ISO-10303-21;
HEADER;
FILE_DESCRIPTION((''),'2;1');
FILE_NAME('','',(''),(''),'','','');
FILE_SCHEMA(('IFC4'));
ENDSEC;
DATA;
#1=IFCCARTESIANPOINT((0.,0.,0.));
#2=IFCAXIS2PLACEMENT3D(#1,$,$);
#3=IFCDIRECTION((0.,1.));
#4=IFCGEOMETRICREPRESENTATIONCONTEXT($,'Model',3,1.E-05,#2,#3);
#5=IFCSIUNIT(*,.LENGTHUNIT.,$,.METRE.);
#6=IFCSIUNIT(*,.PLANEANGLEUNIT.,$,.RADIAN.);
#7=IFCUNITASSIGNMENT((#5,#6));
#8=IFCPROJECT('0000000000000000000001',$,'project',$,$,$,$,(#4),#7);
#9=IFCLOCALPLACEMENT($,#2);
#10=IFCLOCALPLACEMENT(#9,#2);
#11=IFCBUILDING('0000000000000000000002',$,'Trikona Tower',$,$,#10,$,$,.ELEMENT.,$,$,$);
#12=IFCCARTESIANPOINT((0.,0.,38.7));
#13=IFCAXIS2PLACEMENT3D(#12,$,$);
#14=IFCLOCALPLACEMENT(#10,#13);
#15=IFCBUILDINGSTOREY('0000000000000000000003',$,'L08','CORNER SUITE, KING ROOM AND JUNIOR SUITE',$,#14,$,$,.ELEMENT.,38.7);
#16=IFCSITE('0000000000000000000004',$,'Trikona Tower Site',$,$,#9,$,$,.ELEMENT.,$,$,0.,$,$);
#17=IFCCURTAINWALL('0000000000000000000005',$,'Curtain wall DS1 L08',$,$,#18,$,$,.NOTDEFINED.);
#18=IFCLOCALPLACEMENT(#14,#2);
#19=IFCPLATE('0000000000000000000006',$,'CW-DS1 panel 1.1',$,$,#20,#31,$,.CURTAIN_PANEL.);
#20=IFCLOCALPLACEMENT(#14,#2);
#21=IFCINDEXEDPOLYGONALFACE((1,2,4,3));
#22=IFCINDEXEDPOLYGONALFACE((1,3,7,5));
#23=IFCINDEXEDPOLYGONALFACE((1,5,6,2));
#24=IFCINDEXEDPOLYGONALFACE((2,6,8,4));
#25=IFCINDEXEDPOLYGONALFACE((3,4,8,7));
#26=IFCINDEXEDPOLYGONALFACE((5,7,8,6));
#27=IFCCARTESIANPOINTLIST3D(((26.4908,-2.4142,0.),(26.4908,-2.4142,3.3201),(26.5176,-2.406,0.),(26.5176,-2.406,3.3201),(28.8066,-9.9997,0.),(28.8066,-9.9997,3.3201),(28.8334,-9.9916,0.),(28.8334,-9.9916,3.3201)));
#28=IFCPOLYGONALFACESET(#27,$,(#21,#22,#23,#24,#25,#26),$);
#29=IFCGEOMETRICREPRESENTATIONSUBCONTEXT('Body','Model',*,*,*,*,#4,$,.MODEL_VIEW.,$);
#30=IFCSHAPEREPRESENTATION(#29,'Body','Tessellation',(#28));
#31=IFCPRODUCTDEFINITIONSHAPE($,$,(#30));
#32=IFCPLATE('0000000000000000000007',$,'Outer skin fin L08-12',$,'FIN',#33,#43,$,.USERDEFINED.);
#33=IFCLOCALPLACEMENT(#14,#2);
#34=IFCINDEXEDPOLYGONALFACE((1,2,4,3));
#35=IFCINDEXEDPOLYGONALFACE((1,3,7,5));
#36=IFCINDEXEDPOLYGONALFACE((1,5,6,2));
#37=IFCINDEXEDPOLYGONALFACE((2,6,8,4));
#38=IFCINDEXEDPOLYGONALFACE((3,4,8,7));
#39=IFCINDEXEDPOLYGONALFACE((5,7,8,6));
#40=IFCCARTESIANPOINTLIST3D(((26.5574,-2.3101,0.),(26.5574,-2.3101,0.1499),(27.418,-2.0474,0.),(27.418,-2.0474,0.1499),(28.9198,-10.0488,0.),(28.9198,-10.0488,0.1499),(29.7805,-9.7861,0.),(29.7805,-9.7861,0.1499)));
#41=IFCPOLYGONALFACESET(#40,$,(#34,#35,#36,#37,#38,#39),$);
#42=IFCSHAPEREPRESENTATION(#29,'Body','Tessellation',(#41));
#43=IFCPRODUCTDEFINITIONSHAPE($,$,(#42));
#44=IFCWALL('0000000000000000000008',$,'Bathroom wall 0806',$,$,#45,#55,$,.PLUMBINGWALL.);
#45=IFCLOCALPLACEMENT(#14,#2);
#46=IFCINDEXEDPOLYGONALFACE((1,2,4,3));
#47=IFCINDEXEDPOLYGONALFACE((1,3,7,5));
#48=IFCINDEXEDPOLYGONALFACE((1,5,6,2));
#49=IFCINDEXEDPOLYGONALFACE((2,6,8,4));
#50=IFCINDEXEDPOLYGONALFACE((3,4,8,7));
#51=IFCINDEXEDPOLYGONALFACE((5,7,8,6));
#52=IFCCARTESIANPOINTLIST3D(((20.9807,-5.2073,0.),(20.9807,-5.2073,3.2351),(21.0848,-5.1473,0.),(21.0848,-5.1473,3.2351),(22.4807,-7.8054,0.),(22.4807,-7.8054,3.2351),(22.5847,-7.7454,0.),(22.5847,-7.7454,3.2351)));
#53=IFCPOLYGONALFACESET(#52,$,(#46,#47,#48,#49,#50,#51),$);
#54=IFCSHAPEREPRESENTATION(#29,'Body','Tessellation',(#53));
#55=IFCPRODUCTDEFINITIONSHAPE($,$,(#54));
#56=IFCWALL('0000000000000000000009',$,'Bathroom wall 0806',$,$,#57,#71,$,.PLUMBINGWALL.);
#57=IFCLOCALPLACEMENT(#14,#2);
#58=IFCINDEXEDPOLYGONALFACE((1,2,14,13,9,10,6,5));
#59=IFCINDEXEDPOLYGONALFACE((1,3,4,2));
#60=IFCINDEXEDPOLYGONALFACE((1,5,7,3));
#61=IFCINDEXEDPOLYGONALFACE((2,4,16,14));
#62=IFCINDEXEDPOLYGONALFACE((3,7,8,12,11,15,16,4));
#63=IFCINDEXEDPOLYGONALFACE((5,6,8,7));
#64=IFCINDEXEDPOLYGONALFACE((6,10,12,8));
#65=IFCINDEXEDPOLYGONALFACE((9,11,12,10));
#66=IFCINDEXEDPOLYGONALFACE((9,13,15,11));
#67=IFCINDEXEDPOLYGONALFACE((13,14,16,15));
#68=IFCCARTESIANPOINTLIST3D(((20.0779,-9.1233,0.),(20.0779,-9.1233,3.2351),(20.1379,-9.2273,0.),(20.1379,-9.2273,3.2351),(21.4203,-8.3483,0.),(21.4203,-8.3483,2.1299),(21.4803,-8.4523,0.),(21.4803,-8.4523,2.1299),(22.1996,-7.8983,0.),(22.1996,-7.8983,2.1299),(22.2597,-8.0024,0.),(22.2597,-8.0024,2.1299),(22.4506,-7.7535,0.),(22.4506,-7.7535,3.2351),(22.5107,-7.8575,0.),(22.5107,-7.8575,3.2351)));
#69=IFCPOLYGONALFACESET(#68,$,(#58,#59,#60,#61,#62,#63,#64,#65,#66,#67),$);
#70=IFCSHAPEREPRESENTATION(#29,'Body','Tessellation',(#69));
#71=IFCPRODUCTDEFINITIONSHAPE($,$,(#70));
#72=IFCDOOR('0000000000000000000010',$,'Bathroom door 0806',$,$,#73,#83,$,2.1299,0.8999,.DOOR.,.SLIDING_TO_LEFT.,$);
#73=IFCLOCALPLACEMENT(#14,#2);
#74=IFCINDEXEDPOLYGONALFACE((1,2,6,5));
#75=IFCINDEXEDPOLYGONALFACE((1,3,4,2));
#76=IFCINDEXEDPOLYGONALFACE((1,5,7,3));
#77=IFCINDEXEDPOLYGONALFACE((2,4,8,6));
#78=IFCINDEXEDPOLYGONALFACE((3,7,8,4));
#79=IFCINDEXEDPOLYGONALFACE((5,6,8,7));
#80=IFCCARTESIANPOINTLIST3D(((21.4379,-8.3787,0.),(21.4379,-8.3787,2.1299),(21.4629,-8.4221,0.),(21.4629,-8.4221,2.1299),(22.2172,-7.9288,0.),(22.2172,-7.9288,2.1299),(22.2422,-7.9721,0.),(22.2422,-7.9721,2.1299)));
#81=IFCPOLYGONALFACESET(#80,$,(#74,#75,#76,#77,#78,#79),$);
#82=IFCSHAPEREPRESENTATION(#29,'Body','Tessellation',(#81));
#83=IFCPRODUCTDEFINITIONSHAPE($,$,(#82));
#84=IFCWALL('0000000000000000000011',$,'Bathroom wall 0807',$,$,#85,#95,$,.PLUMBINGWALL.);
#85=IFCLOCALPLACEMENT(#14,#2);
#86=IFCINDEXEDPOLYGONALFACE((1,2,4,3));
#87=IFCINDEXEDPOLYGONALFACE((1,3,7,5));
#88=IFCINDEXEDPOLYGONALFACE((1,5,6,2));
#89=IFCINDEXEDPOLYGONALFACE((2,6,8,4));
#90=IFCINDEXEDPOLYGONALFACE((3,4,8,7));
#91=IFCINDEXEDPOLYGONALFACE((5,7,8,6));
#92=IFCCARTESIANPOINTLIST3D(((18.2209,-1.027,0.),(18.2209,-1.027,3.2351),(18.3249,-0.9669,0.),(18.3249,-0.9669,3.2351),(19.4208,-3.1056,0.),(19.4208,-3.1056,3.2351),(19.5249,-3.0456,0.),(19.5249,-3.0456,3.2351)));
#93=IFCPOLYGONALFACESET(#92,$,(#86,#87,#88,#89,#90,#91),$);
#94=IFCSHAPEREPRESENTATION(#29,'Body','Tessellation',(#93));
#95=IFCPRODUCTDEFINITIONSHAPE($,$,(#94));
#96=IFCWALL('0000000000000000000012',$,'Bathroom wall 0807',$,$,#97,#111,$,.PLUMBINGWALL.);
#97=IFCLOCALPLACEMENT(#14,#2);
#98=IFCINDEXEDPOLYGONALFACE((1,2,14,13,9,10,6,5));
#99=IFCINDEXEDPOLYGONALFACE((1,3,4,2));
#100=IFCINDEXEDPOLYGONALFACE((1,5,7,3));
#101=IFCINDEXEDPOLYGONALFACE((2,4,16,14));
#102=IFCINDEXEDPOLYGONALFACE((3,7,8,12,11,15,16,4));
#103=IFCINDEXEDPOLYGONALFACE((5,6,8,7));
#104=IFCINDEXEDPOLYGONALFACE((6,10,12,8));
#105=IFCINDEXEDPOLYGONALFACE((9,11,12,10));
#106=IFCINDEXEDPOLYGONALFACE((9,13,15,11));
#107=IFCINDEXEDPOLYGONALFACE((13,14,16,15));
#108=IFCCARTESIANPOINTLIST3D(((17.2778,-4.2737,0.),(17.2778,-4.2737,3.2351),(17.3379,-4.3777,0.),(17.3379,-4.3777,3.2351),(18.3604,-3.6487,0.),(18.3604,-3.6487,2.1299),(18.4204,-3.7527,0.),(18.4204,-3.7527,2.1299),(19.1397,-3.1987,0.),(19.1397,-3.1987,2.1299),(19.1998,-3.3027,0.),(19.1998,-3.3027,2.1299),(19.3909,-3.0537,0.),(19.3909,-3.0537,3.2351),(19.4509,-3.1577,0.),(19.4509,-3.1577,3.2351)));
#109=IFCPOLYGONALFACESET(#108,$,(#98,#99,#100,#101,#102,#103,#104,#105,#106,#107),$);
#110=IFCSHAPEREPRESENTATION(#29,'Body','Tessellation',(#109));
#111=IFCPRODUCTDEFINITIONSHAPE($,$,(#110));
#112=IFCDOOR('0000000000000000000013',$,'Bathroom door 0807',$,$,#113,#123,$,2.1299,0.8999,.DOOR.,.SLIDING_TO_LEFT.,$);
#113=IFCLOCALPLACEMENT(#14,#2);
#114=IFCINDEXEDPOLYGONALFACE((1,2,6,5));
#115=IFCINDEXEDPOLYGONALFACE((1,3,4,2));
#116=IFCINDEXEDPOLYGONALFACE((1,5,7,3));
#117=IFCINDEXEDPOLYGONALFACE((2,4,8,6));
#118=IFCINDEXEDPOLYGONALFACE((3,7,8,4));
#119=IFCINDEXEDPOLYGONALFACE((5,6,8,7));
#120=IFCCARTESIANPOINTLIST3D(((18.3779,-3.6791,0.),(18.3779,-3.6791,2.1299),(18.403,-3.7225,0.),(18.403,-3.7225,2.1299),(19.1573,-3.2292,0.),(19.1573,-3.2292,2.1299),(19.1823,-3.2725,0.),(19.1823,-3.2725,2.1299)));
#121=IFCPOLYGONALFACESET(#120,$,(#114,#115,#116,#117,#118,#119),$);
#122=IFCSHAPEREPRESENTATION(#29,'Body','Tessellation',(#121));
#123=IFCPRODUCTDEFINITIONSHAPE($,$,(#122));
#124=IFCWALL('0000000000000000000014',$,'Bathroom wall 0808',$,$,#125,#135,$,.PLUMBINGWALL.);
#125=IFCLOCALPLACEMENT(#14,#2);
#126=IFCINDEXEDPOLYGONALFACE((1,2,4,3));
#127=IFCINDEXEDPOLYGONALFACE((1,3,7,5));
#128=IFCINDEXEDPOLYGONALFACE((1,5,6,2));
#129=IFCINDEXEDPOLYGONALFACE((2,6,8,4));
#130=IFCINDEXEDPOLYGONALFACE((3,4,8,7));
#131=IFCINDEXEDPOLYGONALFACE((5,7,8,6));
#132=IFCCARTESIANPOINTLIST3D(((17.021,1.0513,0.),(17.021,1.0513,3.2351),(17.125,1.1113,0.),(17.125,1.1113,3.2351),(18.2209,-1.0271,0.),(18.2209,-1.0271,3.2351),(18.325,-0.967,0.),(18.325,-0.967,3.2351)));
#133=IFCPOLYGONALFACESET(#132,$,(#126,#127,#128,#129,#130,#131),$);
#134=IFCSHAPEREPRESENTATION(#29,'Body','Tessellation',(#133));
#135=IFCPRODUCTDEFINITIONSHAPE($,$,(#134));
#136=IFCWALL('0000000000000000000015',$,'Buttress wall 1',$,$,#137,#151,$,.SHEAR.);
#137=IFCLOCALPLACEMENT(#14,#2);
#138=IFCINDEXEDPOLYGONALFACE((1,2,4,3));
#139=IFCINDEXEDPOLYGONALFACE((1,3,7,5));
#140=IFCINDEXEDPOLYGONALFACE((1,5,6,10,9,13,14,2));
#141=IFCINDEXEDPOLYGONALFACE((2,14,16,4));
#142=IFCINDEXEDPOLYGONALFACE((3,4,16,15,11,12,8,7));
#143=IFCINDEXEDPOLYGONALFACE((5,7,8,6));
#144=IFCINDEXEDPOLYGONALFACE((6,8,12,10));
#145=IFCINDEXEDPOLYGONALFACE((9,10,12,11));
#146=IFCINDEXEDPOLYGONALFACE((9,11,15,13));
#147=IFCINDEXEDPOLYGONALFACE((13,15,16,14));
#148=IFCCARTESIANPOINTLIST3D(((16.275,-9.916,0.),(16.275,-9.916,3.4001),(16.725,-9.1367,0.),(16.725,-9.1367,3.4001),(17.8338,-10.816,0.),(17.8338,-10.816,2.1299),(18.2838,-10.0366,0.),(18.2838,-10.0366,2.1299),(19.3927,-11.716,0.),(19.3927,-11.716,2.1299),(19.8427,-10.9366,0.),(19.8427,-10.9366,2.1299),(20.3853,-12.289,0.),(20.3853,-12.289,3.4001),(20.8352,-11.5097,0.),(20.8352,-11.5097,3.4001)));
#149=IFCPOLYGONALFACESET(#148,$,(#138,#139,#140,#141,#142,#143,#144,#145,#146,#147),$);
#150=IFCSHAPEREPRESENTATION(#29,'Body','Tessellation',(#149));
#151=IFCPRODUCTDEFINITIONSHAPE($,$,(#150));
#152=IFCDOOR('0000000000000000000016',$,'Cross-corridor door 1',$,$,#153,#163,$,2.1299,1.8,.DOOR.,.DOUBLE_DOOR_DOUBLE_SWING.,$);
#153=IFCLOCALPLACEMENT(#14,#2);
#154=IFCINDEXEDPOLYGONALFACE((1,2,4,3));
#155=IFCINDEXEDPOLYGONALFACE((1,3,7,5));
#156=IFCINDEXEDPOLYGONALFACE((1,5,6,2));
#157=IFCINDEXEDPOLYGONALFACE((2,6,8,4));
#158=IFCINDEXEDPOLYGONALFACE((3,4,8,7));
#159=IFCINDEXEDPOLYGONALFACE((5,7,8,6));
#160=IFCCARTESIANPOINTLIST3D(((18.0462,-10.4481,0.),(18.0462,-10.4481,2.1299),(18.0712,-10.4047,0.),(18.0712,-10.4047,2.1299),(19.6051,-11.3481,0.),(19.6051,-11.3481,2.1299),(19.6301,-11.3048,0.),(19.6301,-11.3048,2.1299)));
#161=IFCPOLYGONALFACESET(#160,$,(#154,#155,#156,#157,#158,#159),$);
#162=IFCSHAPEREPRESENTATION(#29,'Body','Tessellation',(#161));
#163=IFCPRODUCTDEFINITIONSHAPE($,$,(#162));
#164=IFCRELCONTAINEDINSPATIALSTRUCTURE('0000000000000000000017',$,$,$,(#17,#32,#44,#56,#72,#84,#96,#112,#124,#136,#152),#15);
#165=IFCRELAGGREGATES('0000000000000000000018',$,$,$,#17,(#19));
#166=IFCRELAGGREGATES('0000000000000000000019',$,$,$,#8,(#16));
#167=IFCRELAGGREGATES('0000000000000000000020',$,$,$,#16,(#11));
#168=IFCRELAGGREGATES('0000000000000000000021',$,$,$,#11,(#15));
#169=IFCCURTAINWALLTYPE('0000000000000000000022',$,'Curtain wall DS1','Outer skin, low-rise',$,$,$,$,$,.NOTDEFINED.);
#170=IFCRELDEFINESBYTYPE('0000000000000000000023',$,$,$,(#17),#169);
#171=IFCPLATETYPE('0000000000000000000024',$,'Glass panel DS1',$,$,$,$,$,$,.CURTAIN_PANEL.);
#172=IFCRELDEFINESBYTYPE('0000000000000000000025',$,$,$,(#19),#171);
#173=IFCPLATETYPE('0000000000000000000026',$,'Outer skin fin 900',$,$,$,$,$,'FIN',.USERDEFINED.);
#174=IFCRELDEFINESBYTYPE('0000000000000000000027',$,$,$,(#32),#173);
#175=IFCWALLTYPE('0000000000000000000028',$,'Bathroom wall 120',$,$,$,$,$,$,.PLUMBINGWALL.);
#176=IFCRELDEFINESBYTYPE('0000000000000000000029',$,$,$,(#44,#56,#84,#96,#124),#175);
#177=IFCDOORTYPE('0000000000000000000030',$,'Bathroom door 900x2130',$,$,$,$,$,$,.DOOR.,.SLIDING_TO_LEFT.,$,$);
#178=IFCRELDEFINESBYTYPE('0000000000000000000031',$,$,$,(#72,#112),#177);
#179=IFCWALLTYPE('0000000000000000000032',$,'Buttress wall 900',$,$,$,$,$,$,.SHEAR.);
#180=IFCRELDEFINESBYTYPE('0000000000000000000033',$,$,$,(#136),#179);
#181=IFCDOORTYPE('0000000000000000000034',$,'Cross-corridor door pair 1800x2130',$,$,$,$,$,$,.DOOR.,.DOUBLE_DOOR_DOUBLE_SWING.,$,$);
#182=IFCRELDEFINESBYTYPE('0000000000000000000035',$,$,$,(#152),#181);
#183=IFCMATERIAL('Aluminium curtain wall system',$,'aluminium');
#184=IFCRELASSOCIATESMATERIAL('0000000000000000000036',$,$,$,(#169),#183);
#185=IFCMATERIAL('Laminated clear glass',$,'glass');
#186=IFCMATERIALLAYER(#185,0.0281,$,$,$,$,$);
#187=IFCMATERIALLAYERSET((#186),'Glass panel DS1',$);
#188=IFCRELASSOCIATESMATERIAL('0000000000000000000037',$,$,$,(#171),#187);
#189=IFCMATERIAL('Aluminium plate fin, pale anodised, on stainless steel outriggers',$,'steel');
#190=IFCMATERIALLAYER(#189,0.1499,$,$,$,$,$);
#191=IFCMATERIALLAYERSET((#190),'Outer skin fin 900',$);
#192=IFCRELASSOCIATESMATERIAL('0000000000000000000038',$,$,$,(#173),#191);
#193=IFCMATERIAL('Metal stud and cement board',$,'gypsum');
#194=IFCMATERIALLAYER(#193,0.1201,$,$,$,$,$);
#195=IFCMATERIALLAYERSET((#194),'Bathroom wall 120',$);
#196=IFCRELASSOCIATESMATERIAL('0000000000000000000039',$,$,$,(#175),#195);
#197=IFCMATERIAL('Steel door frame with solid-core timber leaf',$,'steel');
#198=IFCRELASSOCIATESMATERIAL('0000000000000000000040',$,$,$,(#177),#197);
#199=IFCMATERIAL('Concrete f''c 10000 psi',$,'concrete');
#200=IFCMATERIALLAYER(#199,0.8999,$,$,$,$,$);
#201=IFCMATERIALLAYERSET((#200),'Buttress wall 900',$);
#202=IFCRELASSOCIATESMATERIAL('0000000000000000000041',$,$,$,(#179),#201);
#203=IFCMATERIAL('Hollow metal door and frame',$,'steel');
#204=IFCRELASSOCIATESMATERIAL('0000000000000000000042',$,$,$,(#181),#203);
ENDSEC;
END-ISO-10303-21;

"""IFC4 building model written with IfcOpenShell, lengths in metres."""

from ifc_helpers import new_model, si_unit, direction, frame, frame_2d, origin, origin_2d, place, context, subcontext, project, spatial, rectangle, extrude, material, layer, layer_set, type_object, element, fill, aggregate, save


model = new_model("IFC4")

# Units and contexts
model_context = context("Model", 3, precision=1e-05, world=origin(), true_north=direction((0.0, 1.0)))
body_context = subcontext(model_context, "Body", "Model", "MODEL_VIEW")
ifc_project = project(units=[si_unit("LENGTHUNIT", "METRE"), si_unit("PLANEANGLEUNIT", "RADIAN")], contexts=[model_context])

# Site, building, storey
site_placement = place(None, origin())
site = spatial("IfcSite", under=ifc_project, at=site_placement, Name="Trikona Tower Site", CompositionType="ELEMENT", RefElevation=0.0)
building_placement = place(site_placement, origin())
building = spatial("IfcBuilding", under=site, at=building_placement, Name="Trikona Tower", CompositionType="ELEMENT")
storey_placement = place(building_placement, frame((0.0, 0.0, 38.7)))
storey = spatial("IfcBuildingStorey", under=building, at=storey_placement, Name="L08", Description="CORNER SUITE, KING ROOM AND JUNIOR SUITE", CompositionType="ELEMENT", Elevation=38.7)

# Curtain wall
ifc_material_1 = material(Name="Aluminium curtain wall system", Category="aluminium")
curtain_wall_type = type_object("IfcCurtainWallType", Name="Curtain wall DS1", Description="Outer skin, low-rise", PredefinedType="NOTDEFINED", material=ifc_material_1)
curtain_wall_1_placement = place(storey_placement, origin())
curtain_wall_1 = element("IfcCurtainWall", 1, at=curtain_wall_1_placement, inside=storey, type_object=curtain_wall_type, Name="Curtain wall DS1 L08", PredefinedType="NOTDEFINED")

# Plates
ifc_material_2 = material(Name="Laminated clear glass", Category="glass")
ifc_layer_1 = layer(ifc_material_2, 0.0281)
ifc_layer_set_1 = layer_set([ifc_layer_1], Name="Glass panel DS1")
plate_type_1 = type_object("IfcPlateType", Name="Glass panel DS1", PredefinedType="CURTAIN_PANEL", material=ifc_layer_set_1)
plate_1_placement = place(storey_placement, frame((27.6621, -6.2029, 0.0), z_axis=(0.0, 0.0, 1.0), x_axis=(-0.291984, 0.956423, 0.0)))
plate_1 = element("IfcPlate", 2, at=plate_1_placement, type_object=plate_type_1, Name="CW-DS1 panel 1.1", PredefinedType="CURTAIN_PANEL", context=body_context, shape_type="SweptSolid", body=[
    extrude(rectangle(XDim=7.9312, YDim=0.0281, at=origin_2d()), origin(), (0.0, 0.0, 1.0), 3.3201),
])
aggregate(curtain_wall_1, [plate_1])
ifc_material_3 = material(Name="Aluminium plate fin, pale anodised, on stainless steel outriggers", Category="steel")
ifc_layer_2 = layer(ifc_material_3, 0.1499)
ifc_layer_set_2 = layer_set([ifc_layer_2], Name="Outer skin fin 900")
plate_type_2 = type_object("IfcPlateType", Name="Outer skin fin 900", ElementType="FIN", PredefinedType="USERDEFINED", material=ifc_layer_set_2)
plate_2_placement = place(storey_placement, frame((28.1689, -6.0481, 0.0), z_axis=(0.0, 0.0, 1.0), x_axis=(-0.291979, 0.956425, 0.0)))
element("IfcPlate", 3, at=plate_2_placement, inside=storey, type_object=plate_type_2, Name="Outer skin fin L08-12", ObjectType="FIN", PredefinedType="USERDEFINED", context=body_context, shape_type="SweptSolid", body=[
    extrude(rectangle(XDim=8.0913, YDim=0.8999, at=origin_2d()), origin(), (0.0, 0.0, 1.0), 0.1499),
])

# Wall
ifc_material_4 = material(Name="Metal stud and cement board", Category="gypsum")
ifc_layer_3 = layer(ifc_material_4, 0.1201)
ifc_layer_set_3 = layer_set([ifc_layer_3], Name="Bathroom wall 120")
wall_type_1 = type_object("IfcWallType", Name="Bathroom wall 120", PredefinedType="PLUMBINGWALL", material=ifc_layer_set_3)
wall_1_placement = place(storey_placement, frame((22.5327, -7.7754, 0.0), z_axis=(0.0, 0.0, 1.0), x_axis=(-0.49999, 0.866031, 0.0)))
element("IfcWall", 4, at=wall_1_placement, inside=storey, type_object=wall_type_1, Name="Bathroom wall 0806", PredefinedType="PLUMBINGWALL", context=body_context, shape_type="SweptSolid", body=[
    extrude(rectangle(XDim=3.0, YDim=0.1201, at=frame_2d((1.5, 0.0))), origin(), (0.0, 0.0, 1.0), 3.2351),
])

# Wall, opening, door
wall_2_placement = place(storey_placement, frame((20.1079, -9.1753, 0.0), z_axis=(0.0, 0.0, 1.0), x_axis=(0.866036, 0.499982, 0.0)))
wall_2 = element("IfcWall", 5, at=wall_2_placement, inside=storey, type_object=wall_type_1, Name="Bathroom wall 0806", PredefinedType="PLUMBINGWALL", context=body_context, shape_type="SweptSolid", body=[
    extrude(rectangle(XDim=2.7397, YDim=0.1201, at=frame_2d((1.3699, 0.0))), origin(), (0.0, 0.0, 1.0), 3.2351),
])
opening_1_placement = place(wall_2_placement, frame((1.55, 0.0, 0.0)))
opening_1 = element("IfcOpeningElement", 6, at=opening_1_placement, cuts=wall_2, PredefinedType="OPENING", context=body_context, shape_type="SweptSolid", body=[
    extrude(rectangle(XDim=0.8999, YDim=2.1299, at=frame_2d((0.45, 1.0649))), frame((0.0, 0.0701, 0.0), z_axis=(0.0, -1.0, 0.0), x_axis=(1.0, 0.0, 0.0)), (0.0, 0.0, 1.0), 0.1401),
])
ifc_material_5 = material(Name="Steel door frame with solid-core timber leaf", Category="steel")
door_type_1 = type_object("IfcDoorType", Name="Bathroom door 900x2130", OperationType="SLIDING_TO_LEFT", PredefinedType="DOOR", material=ifc_material_5)
door_1_placement = place(opening_1_placement, origin())
door_1 = element("IfcDoor", 7, at=door_1_placement, inside=storey, type_object=door_type_1, Name="Bathroom door 0806", OperationType="SLIDING_TO_LEFT", OverallHeight=2.1299, OverallWidth=0.8999, PredefinedType="DOOR", context=body_context, shape_type="SweptSolid", body=[
    extrude(rectangle(XDim=0.8999, YDim=2.1299, at=frame_2d((0.45, 1.0649))), frame((0.0, 0.0249, 0.0), z_axis=(0.0, -1.0, 0.0), x_axis=(1.0, 0.0, 0.0)), (0.0, 0.0, 1.0), 0.05),
])
fill(opening_1, door_1)

# Wall
wall_3_placement = place(storey_placement, frame((19.4729, -3.0757, 0.0), z_axis=(0.0, 0.0, 1.0), x_axis=(-0.499957, 0.86605, 0.0)))
element("IfcWall", 8, at=wall_3_placement, inside=storey, type_object=wall_type_1, Name="Bathroom wall 0807", PredefinedType="PLUMBINGWALL", context=body_context, shape_type="SweptSolid", body=[
    extrude(rectangle(XDim=2.4001, YDim=0.1201, at=frame_2d((1.2002, 0.0))), origin(), (0.0, 0.0, 1.0), 3.2351),
])

# Wall, opening, door
wall_4_placement = place(storey_placement, frame((17.3079, -4.3257, 0.0), z_axis=(0.0, 0.0, 1.0), x_axis=(0.866024, 0.500003, 0.0)))
wall_4 = element("IfcWall", 9, at=wall_4_placement, inside=storey, type_object=wall_type_1, Name="Bathroom wall 0807", PredefinedType="PLUMBINGWALL", context=body_context, shape_type="SweptSolid", body=[
    extrude(rectangle(XDim=2.4399, YDim=0.1201, at=frame_2d((1.22, 0.0))), origin(), (0.0, 0.0, 1.0), 3.2351),
])
opening_2_placement = place(wall_4_placement, frame((1.25, 0.0, 0.0)))
opening_2 = element("IfcOpeningElement", 10, at=opening_2_placement, cuts=wall_4, PredefinedType="OPENING", context=body_context, shape_type="SweptSolid", body=[
    extrude(rectangle(XDim=0.8999, YDim=2.1299, at=frame_2d((0.45, 1.0649))), frame((0.0, 0.0701, 0.0), z_axis=(0.0, -1.0, 0.0), x_axis=(1.0, 0.0, 0.0)), (0.0, 0.0, 1.0), 0.1401),
])
door_2_placement = place(opening_2_placement, origin())
door_2 = element("IfcDoor", 11, at=door_2_placement, inside=storey, type_object=door_type_1, Name="Bathroom door 0807", OperationType="SLIDING_TO_LEFT", OverallHeight=2.1299, OverallWidth=0.8999, PredefinedType="DOOR", context=body_context, shape_type="SweptSolid", body=[
    extrude(rectangle(XDim=0.8999, YDim=2.1299, at=frame_2d((0.45, 1.0649))), frame((0.0, 0.0249, 0.0), z_axis=(0.0, -1.0, 0.0), x_axis=(1.0, 0.0, 0.0)), (0.0, 0.0, 1.0), 0.05),
])
fill(opening_2, door_2)

# Wall
wall_5_placement = place(storey_placement, frame((18.2729, -0.9971, 0.0), z_axis=(0.0, 0.0, 1.0), x_axis=(-0.500001, 0.866025, 0.0)))
element("IfcWall", 12, at=wall_5_placement, inside=storey, type_object=wall_type_1, Name="Bathroom wall 0808", PredefinedType="PLUMBINGWALL", context=body_context, shape_type="SweptSolid", body=[
    extrude(rectangle(XDim=2.3999, YDim=0.1201, at=frame_2d((1.2, 0.0))), origin(), (0.0, 0.0, 1.0), 3.2351),
])

# Wall, opening, door
ifc_material_6 = material(Name="Concrete f'c 10000 psi", Category="concrete")
ifc_layer_4 = layer(ifc_material_6, 0.8999)
ifc_layer_set_4 = layer_set([ifc_layer_4], Name="Buttress wall 900")
wall_type_2 = type_object("IfcWallType", Name="Buttress wall 900", PredefinedType="SHEAR", material=ifc_layer_set_4)
wall_6_placement = place(storey_placement, frame((16.5, -9.5264, 0.0), z_axis=(0.0, 0.0, 1.0), x_axis=(0.866031, -0.49999, 0.0)))
wall_6 = element("IfcWall", 13, at=wall_6_placement, inside=storey, type_object=wall_type_2, Name="Buttress wall 1", PredefinedType="SHEAR", context=body_context, shape_type="SweptSolid", body=[
    extrude(rectangle(XDim=4.7461, YDim=0.8999, at=frame_2d((2.373, 0.0))), origin(), (0.0, 0.0, 1.0), 3.4001),
])
opening_3_placement = place(wall_6_placement, frame((1.8, 0.0, 0.0)))
opening_3 = element("IfcOpeningElement", 14, at=opening_3_placement, cuts=wall_6, PredefinedType="OPENING", context=body_context, shape_type="SweptSolid", body=[
    extrude(rectangle(XDim=1.8, YDim=2.1299, at=frame_2d((0.8999, 1.0649))), frame((0.0, 0.46, 0.0), z_axis=(0.0, -1.0, 0.0), x_axis=(1.0, 0.0, 0.0)), (0.0, 0.0, 1.0), 0.9199),
])
ifc_material_7 = material(Name="Hollow metal door and frame", Category="steel")
door_type_2 = type_object("IfcDoorType", Name="Cross-corridor door pair 1800x2130", OperationType="DOUBLE_DOOR_DOUBLE_SWING", PredefinedType="DOOR", material=ifc_material_7)
door_3_placement = place(opening_3_placement, origin())
door_3 = element("IfcDoor", 15, at=door_3_placement, inside=storey, type_object=door_type_2, Name="Cross-corridor door 1", OperationType="DOUBLE_DOOR_DOUBLE_SWING", OverallHeight=2.1299, OverallWidth=1.8, PredefinedType="DOOR", context=body_context, shape_type="SweptSolid", body=[
    extrude(rectangle(XDim=1.8, YDim=2.1299, at=frame_2d((0.8999, 1.0649))), frame((0.0, 0.0249, 0.0), z_axis=(0.0, -1.0, 0.0), x_axis=(1.0, 0.0, 0.0)), (0.0, 0.0, 1.0), 0.05),
])
fill(opening_3, door_3)

save(model, "model.ifc")
